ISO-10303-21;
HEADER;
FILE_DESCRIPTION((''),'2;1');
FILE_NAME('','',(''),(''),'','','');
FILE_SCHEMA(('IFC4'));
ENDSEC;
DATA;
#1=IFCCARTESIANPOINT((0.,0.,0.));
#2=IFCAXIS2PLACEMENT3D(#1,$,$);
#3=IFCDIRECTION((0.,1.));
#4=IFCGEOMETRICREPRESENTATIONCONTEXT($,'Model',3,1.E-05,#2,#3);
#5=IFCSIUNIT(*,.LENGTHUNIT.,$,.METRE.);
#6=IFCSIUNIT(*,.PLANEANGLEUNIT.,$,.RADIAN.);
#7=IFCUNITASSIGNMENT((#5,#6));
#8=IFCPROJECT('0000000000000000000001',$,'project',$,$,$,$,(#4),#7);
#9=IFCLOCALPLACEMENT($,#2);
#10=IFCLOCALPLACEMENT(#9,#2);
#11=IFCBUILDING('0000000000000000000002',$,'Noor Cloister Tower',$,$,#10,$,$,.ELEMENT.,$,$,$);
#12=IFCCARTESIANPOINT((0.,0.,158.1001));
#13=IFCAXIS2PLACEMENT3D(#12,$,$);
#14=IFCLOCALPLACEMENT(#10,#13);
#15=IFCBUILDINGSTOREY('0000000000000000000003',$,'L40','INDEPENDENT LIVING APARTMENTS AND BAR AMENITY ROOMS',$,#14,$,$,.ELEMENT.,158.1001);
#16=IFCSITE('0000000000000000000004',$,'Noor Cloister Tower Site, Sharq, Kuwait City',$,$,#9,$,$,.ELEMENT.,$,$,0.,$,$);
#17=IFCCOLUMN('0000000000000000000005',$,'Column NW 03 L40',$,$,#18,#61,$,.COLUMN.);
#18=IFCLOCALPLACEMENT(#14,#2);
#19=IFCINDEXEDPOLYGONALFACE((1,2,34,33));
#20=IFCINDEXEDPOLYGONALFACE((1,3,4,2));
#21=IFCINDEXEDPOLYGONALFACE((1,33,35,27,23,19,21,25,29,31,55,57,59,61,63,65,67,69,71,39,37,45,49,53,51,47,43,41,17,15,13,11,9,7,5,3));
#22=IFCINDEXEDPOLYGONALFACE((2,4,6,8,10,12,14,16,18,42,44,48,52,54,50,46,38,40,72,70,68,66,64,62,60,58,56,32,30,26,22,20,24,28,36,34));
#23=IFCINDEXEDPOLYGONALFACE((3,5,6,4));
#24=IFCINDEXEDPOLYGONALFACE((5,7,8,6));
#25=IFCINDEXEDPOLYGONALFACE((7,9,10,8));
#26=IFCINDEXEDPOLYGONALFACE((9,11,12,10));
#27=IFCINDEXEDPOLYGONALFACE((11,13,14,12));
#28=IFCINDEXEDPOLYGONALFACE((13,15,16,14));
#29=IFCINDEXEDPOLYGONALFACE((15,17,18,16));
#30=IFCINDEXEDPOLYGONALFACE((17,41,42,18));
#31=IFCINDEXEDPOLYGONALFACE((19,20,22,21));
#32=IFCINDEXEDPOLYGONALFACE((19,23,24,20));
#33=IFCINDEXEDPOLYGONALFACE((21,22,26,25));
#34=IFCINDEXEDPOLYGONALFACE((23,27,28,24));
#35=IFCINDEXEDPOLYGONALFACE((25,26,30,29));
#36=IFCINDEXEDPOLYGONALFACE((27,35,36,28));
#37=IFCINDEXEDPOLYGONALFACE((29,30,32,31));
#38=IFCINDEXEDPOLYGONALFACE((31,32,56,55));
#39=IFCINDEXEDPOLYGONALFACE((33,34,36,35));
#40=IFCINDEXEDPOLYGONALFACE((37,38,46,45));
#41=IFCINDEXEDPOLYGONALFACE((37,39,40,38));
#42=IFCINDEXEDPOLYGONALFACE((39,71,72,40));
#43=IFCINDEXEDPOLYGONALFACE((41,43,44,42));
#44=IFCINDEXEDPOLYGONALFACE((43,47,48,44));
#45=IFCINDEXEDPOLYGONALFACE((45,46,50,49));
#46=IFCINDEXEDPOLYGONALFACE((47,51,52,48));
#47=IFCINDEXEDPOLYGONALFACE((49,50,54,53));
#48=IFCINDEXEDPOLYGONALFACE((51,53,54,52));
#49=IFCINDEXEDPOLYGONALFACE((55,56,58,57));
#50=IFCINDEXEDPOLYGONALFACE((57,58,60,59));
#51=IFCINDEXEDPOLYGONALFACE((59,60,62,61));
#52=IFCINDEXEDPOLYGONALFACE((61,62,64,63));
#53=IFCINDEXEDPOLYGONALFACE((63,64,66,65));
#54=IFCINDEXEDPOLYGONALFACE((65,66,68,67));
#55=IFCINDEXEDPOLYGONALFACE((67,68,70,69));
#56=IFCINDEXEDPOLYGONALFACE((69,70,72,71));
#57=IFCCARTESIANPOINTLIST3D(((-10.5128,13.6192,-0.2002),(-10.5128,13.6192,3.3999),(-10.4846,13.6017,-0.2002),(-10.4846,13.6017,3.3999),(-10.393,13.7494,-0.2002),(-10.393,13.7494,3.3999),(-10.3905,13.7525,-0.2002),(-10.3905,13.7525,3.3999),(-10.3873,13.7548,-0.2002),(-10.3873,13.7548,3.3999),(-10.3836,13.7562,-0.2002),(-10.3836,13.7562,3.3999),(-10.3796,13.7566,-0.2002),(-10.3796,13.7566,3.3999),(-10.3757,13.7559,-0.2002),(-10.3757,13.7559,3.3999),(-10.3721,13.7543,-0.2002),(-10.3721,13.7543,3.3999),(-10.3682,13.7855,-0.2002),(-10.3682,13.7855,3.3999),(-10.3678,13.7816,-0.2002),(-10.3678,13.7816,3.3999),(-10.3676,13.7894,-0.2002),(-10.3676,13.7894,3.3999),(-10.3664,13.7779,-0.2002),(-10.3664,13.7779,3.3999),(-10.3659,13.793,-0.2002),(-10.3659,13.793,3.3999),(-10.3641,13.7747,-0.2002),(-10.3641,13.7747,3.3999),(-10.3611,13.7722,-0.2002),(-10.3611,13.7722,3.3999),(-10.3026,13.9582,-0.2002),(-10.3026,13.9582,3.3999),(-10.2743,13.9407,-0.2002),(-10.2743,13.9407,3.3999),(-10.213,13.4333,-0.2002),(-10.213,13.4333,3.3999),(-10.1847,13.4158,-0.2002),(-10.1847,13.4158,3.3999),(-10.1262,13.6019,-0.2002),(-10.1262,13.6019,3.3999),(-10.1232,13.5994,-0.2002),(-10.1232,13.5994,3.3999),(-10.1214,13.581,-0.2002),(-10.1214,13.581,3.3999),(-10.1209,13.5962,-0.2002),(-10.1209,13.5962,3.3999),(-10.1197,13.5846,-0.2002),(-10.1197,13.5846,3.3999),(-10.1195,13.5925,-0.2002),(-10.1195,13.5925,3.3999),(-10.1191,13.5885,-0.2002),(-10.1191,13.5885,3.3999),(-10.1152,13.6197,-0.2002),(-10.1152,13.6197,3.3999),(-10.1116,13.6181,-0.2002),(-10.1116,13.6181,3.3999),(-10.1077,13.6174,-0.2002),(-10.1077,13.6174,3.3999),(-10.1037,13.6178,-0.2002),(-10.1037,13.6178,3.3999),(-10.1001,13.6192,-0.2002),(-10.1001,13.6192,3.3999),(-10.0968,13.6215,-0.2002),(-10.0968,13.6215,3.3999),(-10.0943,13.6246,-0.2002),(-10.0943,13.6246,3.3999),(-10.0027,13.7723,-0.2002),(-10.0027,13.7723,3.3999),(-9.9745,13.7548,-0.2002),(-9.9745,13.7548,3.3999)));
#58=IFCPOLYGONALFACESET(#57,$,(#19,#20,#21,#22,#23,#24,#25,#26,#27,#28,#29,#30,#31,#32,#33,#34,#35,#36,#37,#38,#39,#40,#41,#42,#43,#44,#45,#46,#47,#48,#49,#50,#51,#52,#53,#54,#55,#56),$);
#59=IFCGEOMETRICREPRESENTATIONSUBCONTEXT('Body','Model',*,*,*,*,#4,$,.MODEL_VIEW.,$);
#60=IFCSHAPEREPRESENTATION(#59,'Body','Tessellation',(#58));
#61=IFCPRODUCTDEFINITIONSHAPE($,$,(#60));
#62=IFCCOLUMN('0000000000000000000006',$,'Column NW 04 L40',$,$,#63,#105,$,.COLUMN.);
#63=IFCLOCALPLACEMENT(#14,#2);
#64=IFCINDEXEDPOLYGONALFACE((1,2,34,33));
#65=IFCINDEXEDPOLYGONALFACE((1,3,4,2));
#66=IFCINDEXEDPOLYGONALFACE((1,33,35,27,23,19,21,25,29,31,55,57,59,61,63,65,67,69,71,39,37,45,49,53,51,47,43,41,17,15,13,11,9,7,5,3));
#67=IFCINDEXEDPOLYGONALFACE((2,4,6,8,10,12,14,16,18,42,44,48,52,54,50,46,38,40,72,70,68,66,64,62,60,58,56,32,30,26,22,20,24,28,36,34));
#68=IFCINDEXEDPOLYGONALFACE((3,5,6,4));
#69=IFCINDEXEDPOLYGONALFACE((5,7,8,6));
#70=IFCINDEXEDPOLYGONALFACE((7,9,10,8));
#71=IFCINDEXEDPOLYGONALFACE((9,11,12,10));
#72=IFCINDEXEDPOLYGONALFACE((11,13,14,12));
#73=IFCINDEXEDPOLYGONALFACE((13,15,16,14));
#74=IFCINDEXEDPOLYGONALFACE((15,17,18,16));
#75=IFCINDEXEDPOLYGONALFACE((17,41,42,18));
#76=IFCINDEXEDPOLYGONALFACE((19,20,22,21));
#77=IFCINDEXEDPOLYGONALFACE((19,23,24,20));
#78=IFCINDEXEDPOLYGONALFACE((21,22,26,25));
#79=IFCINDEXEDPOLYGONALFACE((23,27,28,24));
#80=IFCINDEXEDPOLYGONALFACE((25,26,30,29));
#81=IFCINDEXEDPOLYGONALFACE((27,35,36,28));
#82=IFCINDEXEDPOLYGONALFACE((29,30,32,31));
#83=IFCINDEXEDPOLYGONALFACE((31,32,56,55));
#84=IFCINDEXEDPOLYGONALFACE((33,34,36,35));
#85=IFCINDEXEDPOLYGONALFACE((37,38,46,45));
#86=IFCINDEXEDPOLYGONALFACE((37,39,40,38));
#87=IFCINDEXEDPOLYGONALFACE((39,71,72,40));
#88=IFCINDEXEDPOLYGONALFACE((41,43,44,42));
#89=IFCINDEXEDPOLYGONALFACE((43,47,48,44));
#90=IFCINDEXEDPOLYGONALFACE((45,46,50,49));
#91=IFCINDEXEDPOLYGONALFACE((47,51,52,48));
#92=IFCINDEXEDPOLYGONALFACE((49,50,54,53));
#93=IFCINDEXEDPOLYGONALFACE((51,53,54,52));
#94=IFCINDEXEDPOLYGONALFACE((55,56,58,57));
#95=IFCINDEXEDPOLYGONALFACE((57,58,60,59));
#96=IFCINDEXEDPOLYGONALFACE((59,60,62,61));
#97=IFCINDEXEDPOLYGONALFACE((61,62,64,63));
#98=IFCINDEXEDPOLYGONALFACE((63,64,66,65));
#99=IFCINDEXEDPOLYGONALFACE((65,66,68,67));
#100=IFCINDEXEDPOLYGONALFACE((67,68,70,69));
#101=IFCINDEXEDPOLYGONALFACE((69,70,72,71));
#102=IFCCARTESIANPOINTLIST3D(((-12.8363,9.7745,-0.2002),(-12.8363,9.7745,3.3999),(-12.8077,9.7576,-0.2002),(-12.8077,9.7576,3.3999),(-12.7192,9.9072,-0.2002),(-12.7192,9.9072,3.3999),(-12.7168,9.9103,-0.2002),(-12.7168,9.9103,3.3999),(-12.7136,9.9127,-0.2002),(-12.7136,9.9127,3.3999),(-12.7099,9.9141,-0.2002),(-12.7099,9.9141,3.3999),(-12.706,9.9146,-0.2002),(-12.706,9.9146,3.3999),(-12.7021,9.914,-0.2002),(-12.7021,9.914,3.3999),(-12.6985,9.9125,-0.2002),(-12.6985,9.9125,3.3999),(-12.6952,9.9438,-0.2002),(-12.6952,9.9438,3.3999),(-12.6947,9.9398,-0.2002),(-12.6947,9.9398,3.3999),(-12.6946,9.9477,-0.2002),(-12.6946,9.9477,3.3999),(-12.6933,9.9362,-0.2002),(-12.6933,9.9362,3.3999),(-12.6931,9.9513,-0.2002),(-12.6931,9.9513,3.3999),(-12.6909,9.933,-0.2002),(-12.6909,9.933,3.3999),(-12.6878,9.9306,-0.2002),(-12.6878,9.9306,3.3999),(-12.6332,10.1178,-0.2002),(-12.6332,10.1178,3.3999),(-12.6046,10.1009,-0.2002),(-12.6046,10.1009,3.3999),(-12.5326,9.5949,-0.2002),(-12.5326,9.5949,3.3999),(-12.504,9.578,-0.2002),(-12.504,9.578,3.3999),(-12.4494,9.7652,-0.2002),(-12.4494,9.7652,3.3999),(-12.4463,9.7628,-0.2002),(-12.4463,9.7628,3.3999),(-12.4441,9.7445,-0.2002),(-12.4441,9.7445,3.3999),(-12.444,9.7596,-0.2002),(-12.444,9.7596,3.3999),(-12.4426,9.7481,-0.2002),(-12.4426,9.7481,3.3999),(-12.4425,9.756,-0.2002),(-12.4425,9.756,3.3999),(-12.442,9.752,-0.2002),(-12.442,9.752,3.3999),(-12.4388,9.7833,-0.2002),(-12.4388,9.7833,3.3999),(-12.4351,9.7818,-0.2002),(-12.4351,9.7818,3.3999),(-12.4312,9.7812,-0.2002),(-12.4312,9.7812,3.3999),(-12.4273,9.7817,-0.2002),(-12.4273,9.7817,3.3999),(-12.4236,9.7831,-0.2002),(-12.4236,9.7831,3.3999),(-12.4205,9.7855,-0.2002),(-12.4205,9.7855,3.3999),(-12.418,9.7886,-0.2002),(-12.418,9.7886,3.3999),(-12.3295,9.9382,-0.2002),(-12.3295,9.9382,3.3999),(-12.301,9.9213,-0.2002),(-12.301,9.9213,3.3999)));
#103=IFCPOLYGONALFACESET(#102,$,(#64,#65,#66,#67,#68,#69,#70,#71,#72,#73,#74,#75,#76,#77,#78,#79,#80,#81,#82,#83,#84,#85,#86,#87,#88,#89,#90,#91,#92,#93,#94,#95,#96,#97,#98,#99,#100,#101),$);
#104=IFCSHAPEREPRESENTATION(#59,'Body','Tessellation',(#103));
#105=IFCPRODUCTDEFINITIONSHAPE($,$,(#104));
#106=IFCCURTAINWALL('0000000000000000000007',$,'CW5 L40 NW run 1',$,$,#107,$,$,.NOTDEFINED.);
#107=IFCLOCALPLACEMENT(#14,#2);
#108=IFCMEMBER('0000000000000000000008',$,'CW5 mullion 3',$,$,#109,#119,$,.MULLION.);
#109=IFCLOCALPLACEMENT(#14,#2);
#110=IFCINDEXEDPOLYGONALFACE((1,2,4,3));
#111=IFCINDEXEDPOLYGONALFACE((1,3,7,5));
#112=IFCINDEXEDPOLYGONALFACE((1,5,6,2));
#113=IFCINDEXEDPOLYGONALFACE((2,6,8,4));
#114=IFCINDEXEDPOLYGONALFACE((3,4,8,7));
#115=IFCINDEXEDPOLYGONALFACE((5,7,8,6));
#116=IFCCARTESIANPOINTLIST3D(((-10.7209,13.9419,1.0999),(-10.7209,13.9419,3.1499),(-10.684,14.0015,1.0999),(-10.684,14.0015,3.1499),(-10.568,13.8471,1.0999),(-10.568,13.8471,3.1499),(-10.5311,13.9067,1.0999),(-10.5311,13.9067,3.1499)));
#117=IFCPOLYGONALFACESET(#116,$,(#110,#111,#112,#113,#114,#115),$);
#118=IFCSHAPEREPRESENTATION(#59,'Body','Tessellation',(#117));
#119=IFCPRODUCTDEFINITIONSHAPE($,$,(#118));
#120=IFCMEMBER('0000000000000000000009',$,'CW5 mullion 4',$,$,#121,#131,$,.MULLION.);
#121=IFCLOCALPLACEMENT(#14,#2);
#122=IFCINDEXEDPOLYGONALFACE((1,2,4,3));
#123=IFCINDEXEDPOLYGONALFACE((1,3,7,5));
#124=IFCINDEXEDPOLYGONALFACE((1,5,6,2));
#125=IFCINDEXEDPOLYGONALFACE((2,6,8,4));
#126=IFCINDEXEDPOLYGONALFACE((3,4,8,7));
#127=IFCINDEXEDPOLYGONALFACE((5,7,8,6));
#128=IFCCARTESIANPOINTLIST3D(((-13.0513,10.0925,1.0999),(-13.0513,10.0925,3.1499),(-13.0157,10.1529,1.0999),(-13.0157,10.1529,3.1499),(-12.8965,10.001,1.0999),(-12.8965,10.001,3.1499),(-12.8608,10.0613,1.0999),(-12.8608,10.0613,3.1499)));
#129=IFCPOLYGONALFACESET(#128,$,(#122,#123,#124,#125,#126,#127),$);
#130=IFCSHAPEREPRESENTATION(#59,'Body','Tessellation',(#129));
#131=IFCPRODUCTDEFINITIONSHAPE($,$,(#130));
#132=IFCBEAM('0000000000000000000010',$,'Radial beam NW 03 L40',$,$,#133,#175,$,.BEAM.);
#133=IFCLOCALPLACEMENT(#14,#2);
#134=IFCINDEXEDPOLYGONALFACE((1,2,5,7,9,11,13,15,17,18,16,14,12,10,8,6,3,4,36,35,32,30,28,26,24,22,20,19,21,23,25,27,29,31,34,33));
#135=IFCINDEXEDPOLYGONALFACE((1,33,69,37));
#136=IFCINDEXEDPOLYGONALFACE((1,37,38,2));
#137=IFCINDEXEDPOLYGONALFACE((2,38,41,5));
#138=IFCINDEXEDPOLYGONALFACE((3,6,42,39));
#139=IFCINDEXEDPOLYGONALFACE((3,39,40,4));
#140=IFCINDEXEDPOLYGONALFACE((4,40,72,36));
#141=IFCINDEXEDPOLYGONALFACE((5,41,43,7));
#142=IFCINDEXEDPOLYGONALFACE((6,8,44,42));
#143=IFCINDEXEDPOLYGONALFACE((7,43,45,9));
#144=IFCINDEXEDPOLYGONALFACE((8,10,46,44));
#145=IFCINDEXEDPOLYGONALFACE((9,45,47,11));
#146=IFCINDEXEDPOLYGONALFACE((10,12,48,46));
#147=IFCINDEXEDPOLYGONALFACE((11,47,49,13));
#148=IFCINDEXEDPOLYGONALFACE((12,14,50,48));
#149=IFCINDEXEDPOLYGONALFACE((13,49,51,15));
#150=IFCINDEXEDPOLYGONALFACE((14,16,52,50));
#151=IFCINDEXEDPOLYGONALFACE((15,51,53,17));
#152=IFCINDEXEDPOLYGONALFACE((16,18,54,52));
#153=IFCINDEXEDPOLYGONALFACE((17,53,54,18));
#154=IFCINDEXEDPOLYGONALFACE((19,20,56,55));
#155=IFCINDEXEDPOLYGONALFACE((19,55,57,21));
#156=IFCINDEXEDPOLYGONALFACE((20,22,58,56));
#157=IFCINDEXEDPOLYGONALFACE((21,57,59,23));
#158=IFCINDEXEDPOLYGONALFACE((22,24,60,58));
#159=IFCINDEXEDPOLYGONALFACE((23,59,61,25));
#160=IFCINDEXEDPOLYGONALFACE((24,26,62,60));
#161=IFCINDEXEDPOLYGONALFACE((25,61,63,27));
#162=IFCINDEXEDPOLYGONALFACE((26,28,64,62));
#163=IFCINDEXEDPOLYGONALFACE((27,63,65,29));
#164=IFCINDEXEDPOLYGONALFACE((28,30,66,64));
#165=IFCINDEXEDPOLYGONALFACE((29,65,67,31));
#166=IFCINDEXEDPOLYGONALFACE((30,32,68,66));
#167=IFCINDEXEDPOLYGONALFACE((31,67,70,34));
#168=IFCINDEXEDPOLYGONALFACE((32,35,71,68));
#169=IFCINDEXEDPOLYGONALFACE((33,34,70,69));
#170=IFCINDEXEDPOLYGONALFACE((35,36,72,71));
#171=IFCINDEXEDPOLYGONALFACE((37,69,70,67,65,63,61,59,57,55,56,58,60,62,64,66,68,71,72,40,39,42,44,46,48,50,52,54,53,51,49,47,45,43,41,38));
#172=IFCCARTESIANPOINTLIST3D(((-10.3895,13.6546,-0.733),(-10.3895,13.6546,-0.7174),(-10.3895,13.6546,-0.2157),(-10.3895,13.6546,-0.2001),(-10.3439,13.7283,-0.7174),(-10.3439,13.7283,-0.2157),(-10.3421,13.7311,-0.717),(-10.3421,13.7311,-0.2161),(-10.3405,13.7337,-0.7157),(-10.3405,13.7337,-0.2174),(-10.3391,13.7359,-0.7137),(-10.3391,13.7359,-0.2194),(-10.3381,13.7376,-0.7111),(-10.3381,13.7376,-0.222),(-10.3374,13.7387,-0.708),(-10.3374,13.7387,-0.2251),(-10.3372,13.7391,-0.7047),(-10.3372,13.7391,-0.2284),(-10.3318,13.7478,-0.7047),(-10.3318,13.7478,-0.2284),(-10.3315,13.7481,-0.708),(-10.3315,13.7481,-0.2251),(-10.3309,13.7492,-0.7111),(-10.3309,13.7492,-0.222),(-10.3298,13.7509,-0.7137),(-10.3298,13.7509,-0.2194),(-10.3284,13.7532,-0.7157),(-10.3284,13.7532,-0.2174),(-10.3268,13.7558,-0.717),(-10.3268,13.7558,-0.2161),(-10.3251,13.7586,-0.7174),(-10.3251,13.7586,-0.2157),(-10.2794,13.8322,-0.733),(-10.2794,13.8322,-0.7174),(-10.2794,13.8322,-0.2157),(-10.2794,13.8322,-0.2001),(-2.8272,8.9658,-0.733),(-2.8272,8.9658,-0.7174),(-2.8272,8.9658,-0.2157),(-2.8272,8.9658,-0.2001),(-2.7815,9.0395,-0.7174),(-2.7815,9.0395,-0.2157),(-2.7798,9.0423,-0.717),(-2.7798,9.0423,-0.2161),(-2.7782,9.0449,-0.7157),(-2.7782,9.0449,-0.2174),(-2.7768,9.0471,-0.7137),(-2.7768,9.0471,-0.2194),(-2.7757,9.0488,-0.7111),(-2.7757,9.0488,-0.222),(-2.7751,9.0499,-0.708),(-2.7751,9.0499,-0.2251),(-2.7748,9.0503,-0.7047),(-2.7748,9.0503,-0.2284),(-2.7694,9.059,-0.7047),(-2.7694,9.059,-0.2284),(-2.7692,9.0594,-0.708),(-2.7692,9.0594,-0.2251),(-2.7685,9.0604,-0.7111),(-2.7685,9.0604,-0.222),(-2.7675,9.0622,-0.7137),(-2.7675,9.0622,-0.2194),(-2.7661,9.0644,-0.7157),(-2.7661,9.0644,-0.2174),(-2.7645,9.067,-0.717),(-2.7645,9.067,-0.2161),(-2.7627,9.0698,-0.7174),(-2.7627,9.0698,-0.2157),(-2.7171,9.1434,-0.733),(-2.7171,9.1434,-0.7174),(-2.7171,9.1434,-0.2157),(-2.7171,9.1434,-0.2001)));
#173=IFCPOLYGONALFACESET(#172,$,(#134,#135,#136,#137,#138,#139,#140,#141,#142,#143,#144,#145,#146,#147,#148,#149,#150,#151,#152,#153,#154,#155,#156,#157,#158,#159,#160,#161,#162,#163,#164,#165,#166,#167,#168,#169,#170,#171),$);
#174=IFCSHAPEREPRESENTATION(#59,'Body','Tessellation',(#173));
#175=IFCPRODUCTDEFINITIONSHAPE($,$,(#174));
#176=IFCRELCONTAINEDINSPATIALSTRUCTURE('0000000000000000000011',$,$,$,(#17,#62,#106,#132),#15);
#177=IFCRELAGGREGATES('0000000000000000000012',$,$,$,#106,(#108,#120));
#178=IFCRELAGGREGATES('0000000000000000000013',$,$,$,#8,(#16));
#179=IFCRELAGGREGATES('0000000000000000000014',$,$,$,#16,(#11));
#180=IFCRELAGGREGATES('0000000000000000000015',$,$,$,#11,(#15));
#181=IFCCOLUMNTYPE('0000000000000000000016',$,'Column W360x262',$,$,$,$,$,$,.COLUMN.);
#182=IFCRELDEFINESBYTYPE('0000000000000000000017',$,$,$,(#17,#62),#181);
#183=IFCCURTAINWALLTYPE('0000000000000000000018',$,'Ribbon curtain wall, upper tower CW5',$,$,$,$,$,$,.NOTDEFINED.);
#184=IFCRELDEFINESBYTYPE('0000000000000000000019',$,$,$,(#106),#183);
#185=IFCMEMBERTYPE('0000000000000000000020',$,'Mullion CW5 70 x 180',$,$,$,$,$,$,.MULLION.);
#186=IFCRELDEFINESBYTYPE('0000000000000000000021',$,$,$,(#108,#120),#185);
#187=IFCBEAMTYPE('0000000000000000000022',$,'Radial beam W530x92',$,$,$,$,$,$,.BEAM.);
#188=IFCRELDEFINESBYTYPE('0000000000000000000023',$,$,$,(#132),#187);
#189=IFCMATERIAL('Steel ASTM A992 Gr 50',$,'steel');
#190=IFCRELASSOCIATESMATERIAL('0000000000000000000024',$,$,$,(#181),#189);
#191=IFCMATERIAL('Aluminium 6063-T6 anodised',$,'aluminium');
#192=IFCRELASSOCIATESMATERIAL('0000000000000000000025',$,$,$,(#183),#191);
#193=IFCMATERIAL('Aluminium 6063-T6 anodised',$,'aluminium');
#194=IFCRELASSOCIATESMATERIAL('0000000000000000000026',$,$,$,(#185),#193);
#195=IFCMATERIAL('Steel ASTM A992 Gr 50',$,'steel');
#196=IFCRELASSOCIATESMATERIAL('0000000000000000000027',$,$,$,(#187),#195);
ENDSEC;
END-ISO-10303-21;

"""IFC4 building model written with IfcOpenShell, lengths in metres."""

from ifc_helpers import new_model, si_unit, direction, frame, origin, origin_2d, place, context, subcontext, project, spatial, rectangle, i_section, extrude, material, material_profile, profile_set, type_object, element, aggregate, save


model = new_model("IFC4")

# Units and contexts
model_context = context("Model", 3, precision=1e-05, world=origin(), true_north=direction((0.0, 1.0)))
body_context = subcontext(model_context, "Body", "Model", "MODEL_VIEW")
ifc_project = project(units=[si_unit("LENGTHUNIT", "METRE"), si_unit("PLANEANGLEUNIT", "RADIAN")], contexts=[model_context])

# Site, building, storey
site_placement = place(None, origin())
site = spatial("IfcSite", under=ifc_project, at=site_placement, Name="Noor Cloister Tower Site, Sharq, Kuwait City", CompositionType="ELEMENT", RefElevation=0.0)
building_placement = place(site_placement, origin())
building = spatial("IfcBuilding", under=site, at=building_placement, Name="Noor Cloister Tower", CompositionType="ELEMENT")
storey_placement = place(building_placement, frame((0.0, 0.0, 158.1001)))
storey = spatial("IfcBuildingStorey", under=building, at=storey_placement, Name="L40", Description="INDEPENDENT LIVING APARTMENTS AND BAR AMENITY ROOMS", CompositionType="ELEMENT", Elevation=158.1001)

# Columns
ifc_material_1 = material(Name="Steel ASTM A992 Gr 50", Category="steel")
ifc_material_profile_1 = material_profile(ifc_material_1, i_section(OverallWidth=0.3989, OverallDepth=0.386, WebThickness=0.021, FlangeThickness=0.0332, FilletRadius=0.0151, at=origin_2d()), Name="W360x262")
ifc_profile_set_1 = profile_set([ifc_material_profile_1], Name="Steel ASTM A992 Gr 50")
column_type = type_object("IfcColumnType", Name="Column W360x262", PredefinedType="COLUMN", material=ifc_profile_set_1)
for number, where, z_axis, x_axis, name in (
    (1, (-10.2437, 13.687, -0.2002), (0.0, 0.0, 1.0), (-0.526959, -0.849891, 0.0), "Column NW 03 L40"),
    (2, (-12.5686, 9.8479, -0.2002), (0.0, 0.0, 1.0), (-0.509042, -0.860741, 0.0), "Column NW 04 L40"),
):
    element("IfcColumn", number, at=place(storey_placement, frame(where, z_axis=z_axis, x_axis=x_axis)), inside=storey, type_object=column_type, Name=name, PredefinedType="COLUMN", context=body_context, shape_type="SweptSolid", body=[
        extrude(i_section(OverallWidth=0.3989, OverallDepth=0.386, WebThickness=0.021, FlangeThickness=0.0332, FilletRadius=0.0151, at=origin_2d()), origin(), (0.0, 0.0, 1.0), 3.6001),
    ])

# Curtain wall, members
ifc_material_2 = material(Name="Aluminium 6063-T6 anodised", Category="aluminium")
curtain_wall_type = type_object("IfcCurtainWallType", Name="Ribbon curtain wall, upper tower CW5", PredefinedType="NOTDEFINED", material=ifc_material_2)
curtain_wall_placement = place(storey_placement, origin())
curtain_wall = element("IfcCurtainWall", 3, at=curtain_wall_placement, inside=storey, type_object=curtain_wall_type, Name="CW5 L40 NW run 1", PredefinedType="NOTDEFINED")
ifc_material_3 = material(Name="Aluminium 6063-T6 anodised", Category="aluminium")
ifc_material_profile_2 = material_profile(ifc_material_3, rectangle(XDim=0.1799, YDim=0.0701, at=origin_2d()), Name="180 x 70 mullion")
ifc_profile_set_2 = profile_set([ifc_material_profile_2], Name="Aluminium 6063-T6 anodised")
member_type = type_object("IfcMemberType", Name="Mullion CW5 70 x 180", PredefinedType="MULLION", material=ifc_profile_set_2)
member_1_placement = place(storey_placement, frame((-10.626, 13.9243, 1.0999), z_axis=(0.0, 0.0, 1.0), x_axis=(0.849891, -0.526959, 0.0)))
member_1 = element("IfcMember", 4, at=member_1_placement, type_object=member_type, Name="CW5 mullion 3", PredefinedType="MULLION", context=body_context, shape_type="SweptSolid", body=[
    extrude(rectangle(XDim=0.1799, YDim=0.0701, at=origin_2d()), origin(), (0.0, 0.0, 1.0), 2.05),
])
member_2_placement = place(storey_placement, frame((-12.9561, 10.0769, 1.0999), z_axis=(0.0, 0.0, 1.0), x_axis=(0.860741, -0.509042, 0.0)))
member_2 = element("IfcMember", 5, at=member_2_placement, type_object=member_type, Name="CW5 mullion 4", PredefinedType="MULLION", context=body_context, shape_type="SweptSolid", body=[
    extrude(rectangle(XDim=0.1799, YDim=0.0701, at=origin_2d()), origin(), (0.0, 0.0, 1.0), 2.05),
])

# Beam
ifc_material_4 = material(Name="Steel ASTM A992 Gr 50", Category="steel")
ifc_material_profile_3 = material_profile(ifc_material_4, i_section(OverallWidth=0.209, OverallDepth=0.533, WebThickness=0.0103, FlangeThickness=0.0156, FilletRadius=0.0127, at=origin_2d()), Name="W530x92")
ifc_profile_set_3 = profile_set([ifc_material_profile_3], Name="Steel ASTM A992 Gr 50")
beam_type_1 = type_object("IfcBeamType", Name="Radial beam W530x92", PredefinedType="BEAM", material=ifc_profile_set_3)
beam_1_placement = place(storey_placement, frame((-10.3345, 13.7434, -0.4666), z_axis=(0.849897, -0.52695, 0.0), x_axis=(0.52695, 0.849897, 0.0)))
element("IfcBeam", 6, at=beam_1_placement, inside=storey, type_object=beam_type_1, Name="Radial beam NW 03 L40", PredefinedType="BEAM", context=body_context, shape_type="SweptSolid", body=[
    extrude(i_section(OverallWidth=0.209, OverallDepth=0.533, WebThickness=0.0103, FlangeThickness=0.0156, FilletRadius=0.0127, at=origin_2d()), origin(), (0.0, 0.0, 1.0), 8.8979),
])

aggregate(curtain_wall, [member_1, member_2])

save(model, "model.ifc")
